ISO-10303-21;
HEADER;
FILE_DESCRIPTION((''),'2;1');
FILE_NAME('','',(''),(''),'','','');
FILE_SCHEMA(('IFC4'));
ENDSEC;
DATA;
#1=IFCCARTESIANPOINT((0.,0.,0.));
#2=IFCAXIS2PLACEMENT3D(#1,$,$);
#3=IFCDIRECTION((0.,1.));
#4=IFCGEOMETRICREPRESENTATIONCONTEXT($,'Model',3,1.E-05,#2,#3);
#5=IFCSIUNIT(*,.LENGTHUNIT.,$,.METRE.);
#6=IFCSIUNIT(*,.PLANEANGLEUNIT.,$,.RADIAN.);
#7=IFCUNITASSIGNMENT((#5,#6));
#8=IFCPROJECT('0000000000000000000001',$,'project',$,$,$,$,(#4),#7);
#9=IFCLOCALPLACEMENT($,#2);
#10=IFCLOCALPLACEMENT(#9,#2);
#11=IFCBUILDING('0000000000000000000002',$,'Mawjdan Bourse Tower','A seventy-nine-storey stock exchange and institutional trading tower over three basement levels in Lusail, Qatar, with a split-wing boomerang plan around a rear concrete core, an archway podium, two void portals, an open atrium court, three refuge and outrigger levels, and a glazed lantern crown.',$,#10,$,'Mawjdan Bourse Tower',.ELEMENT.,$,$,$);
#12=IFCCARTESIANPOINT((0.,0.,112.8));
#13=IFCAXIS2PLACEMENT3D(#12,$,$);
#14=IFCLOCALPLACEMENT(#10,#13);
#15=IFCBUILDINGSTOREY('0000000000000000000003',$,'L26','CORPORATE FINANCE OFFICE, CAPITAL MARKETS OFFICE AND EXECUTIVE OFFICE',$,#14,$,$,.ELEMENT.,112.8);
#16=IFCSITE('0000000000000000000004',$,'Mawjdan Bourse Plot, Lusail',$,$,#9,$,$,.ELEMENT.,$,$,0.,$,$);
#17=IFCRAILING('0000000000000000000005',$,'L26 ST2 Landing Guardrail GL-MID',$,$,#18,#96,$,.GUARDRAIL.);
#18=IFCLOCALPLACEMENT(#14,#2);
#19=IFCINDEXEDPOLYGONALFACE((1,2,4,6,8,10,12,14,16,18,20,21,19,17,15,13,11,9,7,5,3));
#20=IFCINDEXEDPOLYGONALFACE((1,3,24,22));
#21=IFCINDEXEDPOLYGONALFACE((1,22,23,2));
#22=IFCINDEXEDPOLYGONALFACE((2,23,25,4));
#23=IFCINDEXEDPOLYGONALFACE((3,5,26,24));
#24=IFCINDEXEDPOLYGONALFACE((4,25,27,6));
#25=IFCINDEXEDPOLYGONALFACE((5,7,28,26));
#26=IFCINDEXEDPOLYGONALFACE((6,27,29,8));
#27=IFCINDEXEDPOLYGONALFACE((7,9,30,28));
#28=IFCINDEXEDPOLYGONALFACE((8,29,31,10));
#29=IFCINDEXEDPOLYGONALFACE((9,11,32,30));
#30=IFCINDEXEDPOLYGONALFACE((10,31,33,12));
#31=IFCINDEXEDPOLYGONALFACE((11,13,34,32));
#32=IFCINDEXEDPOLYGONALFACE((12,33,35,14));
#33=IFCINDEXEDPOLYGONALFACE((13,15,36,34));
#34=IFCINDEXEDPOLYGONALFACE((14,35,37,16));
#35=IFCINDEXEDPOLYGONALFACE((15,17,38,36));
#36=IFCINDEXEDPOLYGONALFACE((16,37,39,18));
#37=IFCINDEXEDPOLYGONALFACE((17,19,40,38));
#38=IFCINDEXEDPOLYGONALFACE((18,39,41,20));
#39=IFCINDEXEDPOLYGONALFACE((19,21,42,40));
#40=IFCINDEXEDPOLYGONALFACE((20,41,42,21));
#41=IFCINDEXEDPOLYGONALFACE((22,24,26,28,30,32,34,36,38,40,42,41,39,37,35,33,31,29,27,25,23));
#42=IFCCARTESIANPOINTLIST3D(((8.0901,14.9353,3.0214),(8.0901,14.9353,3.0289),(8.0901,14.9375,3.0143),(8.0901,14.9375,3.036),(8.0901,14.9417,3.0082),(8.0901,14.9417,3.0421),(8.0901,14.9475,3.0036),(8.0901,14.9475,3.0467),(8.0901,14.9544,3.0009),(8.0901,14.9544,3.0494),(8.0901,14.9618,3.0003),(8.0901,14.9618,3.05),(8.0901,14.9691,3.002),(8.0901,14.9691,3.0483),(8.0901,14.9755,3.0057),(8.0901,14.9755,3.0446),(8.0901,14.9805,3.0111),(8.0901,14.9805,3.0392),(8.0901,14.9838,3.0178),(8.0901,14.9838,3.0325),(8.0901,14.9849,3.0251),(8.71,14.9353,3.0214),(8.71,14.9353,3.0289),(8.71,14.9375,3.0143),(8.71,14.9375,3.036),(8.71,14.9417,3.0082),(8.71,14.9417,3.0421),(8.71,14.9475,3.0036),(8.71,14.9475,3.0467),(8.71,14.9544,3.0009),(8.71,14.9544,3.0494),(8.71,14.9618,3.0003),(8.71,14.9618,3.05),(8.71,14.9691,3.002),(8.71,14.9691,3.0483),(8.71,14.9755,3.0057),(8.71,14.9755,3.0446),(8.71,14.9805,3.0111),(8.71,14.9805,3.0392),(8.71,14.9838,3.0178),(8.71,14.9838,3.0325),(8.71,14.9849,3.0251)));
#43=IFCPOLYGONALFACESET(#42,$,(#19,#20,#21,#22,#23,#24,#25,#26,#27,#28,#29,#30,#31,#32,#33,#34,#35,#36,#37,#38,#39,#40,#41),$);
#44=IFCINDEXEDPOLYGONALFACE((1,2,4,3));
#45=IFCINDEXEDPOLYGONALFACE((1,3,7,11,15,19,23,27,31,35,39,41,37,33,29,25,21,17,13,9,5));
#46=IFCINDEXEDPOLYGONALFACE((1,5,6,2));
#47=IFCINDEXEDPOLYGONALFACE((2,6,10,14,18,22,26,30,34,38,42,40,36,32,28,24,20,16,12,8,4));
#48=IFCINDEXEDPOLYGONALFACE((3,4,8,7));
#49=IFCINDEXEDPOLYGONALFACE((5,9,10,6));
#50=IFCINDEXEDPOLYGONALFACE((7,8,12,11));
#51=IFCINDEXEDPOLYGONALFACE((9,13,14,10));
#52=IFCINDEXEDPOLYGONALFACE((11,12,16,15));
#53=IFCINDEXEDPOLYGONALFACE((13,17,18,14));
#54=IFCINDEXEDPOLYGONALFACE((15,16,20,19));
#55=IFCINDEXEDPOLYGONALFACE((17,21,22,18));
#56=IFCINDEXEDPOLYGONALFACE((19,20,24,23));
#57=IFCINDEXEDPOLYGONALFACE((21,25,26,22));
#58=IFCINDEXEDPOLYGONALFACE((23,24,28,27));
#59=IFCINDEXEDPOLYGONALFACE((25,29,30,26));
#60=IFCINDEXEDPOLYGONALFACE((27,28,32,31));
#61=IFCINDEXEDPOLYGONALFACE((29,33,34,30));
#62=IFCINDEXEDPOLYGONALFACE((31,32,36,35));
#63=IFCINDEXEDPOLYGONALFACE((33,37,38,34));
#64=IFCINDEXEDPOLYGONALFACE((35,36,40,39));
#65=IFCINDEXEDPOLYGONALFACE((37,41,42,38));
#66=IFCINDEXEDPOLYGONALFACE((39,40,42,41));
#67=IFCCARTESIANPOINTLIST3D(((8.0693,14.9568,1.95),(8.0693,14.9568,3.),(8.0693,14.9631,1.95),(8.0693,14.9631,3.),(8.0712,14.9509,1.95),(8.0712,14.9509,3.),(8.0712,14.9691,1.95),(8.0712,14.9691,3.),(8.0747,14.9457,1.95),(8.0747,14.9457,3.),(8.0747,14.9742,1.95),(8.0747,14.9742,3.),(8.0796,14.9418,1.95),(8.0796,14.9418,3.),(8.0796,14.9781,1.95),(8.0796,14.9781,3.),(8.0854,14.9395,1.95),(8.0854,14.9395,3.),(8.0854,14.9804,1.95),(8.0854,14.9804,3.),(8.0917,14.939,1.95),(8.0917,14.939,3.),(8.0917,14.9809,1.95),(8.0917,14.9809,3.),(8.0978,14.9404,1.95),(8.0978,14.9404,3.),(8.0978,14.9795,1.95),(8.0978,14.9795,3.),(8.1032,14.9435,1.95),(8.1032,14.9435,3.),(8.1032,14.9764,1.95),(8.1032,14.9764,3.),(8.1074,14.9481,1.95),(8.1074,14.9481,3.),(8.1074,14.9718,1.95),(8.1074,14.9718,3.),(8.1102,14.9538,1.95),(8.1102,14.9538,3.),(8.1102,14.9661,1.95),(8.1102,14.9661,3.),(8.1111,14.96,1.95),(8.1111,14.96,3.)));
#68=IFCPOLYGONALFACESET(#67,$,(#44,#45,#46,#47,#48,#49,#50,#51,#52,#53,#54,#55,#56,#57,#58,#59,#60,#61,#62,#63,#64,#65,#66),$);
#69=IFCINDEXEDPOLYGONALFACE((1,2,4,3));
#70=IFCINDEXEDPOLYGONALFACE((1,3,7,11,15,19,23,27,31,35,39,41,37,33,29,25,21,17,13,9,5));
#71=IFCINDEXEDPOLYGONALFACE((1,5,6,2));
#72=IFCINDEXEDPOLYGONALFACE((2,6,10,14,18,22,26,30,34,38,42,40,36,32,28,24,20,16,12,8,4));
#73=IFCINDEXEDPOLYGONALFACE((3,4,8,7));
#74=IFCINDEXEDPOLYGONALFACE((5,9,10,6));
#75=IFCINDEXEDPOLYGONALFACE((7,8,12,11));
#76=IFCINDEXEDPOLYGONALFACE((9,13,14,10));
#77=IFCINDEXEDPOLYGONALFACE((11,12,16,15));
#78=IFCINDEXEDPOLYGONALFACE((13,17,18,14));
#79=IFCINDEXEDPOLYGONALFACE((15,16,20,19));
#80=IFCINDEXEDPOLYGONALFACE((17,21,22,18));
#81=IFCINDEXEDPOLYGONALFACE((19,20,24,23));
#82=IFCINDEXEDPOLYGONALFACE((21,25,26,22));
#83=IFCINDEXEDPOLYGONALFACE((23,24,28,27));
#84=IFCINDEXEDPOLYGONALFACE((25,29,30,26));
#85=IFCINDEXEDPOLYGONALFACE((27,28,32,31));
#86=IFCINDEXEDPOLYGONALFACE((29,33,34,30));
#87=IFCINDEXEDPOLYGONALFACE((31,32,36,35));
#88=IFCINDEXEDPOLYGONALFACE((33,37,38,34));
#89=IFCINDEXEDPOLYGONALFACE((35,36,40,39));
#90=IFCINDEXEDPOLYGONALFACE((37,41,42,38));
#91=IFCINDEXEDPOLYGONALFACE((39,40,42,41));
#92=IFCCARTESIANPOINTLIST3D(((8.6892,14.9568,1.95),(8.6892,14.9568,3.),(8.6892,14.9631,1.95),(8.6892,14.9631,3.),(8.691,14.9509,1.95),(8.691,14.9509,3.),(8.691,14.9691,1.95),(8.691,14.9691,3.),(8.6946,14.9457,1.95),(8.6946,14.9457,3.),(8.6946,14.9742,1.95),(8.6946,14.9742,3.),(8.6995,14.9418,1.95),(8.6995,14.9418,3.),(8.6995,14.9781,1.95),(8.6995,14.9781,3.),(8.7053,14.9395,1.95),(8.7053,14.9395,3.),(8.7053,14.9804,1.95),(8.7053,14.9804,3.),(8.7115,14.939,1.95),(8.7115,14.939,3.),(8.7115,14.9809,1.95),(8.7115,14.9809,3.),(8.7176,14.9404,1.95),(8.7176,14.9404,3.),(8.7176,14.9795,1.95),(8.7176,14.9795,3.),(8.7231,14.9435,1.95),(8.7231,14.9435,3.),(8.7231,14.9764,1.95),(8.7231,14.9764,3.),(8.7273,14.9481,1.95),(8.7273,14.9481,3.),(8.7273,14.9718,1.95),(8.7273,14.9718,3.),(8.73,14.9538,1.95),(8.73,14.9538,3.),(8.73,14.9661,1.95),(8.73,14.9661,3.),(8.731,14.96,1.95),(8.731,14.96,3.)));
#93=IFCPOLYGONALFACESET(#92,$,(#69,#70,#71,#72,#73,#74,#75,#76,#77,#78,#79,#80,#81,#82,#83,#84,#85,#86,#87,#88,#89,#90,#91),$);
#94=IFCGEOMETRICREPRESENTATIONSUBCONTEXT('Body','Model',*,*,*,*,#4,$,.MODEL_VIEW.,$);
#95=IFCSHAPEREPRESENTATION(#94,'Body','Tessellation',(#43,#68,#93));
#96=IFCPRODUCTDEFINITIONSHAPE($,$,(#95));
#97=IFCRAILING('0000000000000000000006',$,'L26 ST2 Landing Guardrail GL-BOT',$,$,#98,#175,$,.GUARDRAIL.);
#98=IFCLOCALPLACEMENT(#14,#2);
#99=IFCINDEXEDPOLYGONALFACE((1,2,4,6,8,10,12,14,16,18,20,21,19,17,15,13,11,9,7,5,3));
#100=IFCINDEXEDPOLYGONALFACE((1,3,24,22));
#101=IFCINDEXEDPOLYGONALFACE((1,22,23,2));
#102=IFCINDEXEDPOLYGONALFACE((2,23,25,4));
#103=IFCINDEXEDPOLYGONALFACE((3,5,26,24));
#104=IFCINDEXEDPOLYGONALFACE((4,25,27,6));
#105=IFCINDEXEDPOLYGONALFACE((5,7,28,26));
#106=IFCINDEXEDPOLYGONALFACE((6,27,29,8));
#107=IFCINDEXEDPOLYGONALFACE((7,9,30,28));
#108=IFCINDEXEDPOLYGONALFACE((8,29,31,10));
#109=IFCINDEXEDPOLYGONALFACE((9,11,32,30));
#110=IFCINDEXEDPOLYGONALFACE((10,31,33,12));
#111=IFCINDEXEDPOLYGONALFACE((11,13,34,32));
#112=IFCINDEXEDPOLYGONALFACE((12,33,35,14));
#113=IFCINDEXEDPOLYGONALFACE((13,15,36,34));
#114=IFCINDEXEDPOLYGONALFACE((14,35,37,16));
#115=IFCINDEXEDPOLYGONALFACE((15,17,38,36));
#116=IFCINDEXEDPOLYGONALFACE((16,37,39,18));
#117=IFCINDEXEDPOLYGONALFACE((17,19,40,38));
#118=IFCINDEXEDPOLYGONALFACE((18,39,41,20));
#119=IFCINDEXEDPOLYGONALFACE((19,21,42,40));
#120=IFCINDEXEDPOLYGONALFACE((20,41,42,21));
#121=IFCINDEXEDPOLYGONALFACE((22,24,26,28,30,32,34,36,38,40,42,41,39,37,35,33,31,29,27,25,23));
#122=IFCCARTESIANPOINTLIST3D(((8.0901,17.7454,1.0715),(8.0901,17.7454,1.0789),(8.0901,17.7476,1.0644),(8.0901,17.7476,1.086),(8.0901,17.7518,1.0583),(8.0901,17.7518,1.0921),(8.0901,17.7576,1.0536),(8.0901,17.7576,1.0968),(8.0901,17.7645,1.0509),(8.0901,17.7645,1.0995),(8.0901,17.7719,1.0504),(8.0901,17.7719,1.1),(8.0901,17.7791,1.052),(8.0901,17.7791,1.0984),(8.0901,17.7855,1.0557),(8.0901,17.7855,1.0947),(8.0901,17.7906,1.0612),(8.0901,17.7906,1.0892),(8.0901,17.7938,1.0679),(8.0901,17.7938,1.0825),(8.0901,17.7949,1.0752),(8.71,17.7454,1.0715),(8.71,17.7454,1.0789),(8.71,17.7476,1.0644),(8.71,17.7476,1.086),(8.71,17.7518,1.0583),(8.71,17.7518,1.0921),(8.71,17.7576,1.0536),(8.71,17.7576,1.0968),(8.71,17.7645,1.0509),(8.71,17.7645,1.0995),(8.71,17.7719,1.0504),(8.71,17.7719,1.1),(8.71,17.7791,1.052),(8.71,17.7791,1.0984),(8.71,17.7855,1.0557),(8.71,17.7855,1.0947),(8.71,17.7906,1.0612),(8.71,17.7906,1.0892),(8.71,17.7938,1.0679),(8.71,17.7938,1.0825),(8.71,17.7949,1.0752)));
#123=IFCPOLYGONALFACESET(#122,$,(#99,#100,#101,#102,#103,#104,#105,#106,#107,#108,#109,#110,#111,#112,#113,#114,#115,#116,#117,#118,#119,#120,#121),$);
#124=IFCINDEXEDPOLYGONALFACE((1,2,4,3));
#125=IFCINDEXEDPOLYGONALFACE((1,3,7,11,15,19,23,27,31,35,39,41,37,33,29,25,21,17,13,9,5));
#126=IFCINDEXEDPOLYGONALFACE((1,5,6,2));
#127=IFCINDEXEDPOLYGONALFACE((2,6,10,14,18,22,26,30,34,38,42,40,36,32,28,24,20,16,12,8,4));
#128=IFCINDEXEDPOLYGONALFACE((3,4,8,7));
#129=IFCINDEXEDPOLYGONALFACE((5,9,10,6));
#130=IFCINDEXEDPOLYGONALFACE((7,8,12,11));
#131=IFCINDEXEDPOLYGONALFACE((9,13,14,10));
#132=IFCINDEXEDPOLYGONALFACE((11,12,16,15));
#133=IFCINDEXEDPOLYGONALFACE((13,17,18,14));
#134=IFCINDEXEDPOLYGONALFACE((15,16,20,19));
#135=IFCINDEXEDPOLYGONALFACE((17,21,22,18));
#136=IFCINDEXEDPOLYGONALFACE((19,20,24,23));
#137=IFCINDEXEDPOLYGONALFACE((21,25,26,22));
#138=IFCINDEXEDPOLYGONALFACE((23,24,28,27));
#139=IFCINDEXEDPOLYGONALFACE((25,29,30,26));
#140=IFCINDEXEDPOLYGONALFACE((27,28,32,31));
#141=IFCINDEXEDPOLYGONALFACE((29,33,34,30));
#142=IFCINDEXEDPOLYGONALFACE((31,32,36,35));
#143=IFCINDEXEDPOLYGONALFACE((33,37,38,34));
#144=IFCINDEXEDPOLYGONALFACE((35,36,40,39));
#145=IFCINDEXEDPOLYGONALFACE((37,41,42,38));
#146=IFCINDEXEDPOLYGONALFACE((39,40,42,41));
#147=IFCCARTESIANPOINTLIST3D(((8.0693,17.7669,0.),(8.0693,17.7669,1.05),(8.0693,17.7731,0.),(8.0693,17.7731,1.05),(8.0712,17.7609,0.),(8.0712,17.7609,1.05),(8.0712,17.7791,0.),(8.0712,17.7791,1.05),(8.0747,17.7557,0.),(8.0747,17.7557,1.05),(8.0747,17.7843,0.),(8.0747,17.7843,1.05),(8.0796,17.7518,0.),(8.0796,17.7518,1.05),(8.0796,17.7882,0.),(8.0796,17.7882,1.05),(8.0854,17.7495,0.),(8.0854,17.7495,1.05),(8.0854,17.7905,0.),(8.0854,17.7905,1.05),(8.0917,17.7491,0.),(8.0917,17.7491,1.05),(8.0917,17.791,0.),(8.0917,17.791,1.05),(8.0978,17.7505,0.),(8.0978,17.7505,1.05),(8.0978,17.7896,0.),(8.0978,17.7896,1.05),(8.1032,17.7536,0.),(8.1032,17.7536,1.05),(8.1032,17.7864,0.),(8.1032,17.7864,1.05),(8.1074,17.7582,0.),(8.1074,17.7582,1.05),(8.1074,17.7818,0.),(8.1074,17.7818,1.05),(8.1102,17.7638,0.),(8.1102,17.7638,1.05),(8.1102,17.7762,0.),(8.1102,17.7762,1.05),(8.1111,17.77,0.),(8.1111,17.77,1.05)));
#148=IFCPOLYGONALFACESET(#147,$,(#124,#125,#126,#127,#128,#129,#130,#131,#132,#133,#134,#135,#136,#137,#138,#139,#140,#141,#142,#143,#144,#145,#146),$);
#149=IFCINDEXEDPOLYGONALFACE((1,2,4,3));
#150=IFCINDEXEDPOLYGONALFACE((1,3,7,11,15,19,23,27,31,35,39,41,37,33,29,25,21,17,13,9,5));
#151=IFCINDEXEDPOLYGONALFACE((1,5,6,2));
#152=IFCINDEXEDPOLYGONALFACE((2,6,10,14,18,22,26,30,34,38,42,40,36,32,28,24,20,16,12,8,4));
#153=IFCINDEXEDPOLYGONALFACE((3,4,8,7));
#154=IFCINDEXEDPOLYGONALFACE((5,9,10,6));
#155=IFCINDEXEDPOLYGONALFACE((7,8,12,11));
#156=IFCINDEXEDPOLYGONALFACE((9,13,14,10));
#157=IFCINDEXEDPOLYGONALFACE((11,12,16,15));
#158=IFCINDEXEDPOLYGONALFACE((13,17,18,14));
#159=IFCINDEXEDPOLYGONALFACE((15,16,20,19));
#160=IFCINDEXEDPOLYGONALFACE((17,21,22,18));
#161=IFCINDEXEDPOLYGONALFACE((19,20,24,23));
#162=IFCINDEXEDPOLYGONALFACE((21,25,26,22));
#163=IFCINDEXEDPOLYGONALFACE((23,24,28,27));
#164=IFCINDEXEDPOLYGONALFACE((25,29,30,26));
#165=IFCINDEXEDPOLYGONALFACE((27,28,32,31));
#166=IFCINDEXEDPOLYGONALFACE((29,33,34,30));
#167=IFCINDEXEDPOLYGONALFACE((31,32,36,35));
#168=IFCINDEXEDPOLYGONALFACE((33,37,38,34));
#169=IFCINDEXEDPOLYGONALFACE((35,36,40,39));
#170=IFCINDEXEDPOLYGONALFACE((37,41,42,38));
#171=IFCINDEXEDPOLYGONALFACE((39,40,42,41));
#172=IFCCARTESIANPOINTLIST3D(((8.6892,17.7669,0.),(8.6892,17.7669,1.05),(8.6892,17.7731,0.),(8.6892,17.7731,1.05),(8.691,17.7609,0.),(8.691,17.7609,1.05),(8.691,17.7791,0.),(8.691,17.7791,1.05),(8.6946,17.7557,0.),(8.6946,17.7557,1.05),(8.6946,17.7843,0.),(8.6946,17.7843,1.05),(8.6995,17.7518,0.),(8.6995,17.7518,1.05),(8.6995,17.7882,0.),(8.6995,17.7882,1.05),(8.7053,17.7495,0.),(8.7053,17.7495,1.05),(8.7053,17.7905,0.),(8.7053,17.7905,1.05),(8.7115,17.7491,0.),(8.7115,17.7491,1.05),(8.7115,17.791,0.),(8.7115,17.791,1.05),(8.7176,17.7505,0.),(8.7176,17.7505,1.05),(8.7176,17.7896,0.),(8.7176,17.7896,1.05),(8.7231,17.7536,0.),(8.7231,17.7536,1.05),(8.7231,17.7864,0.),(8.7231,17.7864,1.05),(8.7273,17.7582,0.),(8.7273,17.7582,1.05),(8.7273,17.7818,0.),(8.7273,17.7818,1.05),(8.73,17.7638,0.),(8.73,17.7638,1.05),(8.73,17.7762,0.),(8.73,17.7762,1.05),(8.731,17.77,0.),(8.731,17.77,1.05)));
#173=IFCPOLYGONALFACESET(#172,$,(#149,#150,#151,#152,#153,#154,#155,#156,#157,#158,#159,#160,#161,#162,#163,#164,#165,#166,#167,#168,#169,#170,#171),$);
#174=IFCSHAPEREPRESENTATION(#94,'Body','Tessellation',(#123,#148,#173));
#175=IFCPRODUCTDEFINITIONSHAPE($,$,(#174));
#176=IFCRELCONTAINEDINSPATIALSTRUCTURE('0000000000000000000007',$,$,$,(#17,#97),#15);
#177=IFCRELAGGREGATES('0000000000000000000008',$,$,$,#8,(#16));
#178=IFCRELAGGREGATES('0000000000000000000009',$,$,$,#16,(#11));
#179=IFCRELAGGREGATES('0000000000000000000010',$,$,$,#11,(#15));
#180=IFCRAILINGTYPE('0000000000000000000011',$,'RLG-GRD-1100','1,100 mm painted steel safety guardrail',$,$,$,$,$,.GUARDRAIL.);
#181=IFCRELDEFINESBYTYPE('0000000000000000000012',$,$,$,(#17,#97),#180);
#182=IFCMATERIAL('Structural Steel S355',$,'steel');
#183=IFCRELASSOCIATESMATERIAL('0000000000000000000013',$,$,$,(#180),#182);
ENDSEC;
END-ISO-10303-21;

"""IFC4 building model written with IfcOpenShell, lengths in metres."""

from ifc_helpers import new_model, si_unit, direction, frame, origin, origin_2d, place, context, subcontext, project, spatial, circle, extrude, material, type_object, element, save


model = new_model("IFC4")

# Units and contexts
model_context = context("Model", 3, precision=1e-05, world=origin(), true_north=direction((0.0, 1.0)))
body_context = subcontext(model_context, "Body", "Model", "MODEL_VIEW")
ifc_project = project(units=[si_unit("LENGTHUNIT", "METRE"), si_unit("PLANEANGLEUNIT", "RADIAN")], contexts=[model_context])

# Site, building, storey
site_placement = place(None, origin())
site = spatial("IfcSite", under=ifc_project, at=site_placement, Name="Mawjdan Bourse Plot, Lusail", CompositionType="ELEMENT", RefElevation=0.0)
building_placement = place(site_placement, origin())
building = spatial("IfcBuilding", under=site, at=building_placement, Name="Mawjdan Bourse Tower", Description="A seventy-nine-storey stock exchange and institutional trading tower over three basement levels in Lusail, Qatar, with a split-wing boomerang plan around a rear concrete core, an archway podium, two void portals, an open atrium court, three refuge and outrigger levels, and a glazed lantern crown.", LongName="Mawjdan Bourse Tower", CompositionType="ELEMENT")
storey_placement = place(building_placement, frame((0.0, 0.0, 112.8)))
storey = spatial("IfcBuildingStorey", under=building, at=storey_placement, Name="L26", Description="CORPORATE FINANCE OFFICE, CAPITAL MARKETS OFFICE AND EXECUTIVE OFFICE", CompositionType="ELEMENT", Elevation=112.8)

# Railings
ifc_material_1 = material(Name="Structural Steel S355", Category="steel")
railing_type_1 = type_object("IfcRailingType", Name="RLG-GRD-1100", Description="1,100 mm painted steel safety guardrail", PredefinedType="GUARDRAIL", material=ifc_material_1)
for number, where, name in (
    (1, (8.0901, 14.96, 1.95), "L26 ST2 Landing Guardrail GL-MID"),
    (2, (8.0901, 17.77, 0.0), "L26 ST2 Landing Guardrail GL-BOT"),
):
    element("IfcRailing", number, at=place(storey_placement, frame(where)), inside=storey, type_object=railing_type_1, Name=name, PredefinedType="GUARDRAIL", context=body_context, shape_type="SweptSolid", body=[
        extrude(circle(Radius=0.0249, at=origin_2d()), frame((0.0, 0.0, 1.0752), z_axis=(1.0, 0.0, 0.0), x_axis=(0.0, 1.0, 0.0)), (0.0, 0.0, 1.0), 0.6199),
        extrude(circle(Radius=0.021, at=origin_2d()), origin(), (0.0, 0.0, 1.0), 1.05),
        extrude(circle(Radius=0.021, at=origin_2d()), frame((0.6199, 0.0, 0.0)), (0.0, 0.0, 1.0), 1.05),
    ])

save(model, "model.ifc")
